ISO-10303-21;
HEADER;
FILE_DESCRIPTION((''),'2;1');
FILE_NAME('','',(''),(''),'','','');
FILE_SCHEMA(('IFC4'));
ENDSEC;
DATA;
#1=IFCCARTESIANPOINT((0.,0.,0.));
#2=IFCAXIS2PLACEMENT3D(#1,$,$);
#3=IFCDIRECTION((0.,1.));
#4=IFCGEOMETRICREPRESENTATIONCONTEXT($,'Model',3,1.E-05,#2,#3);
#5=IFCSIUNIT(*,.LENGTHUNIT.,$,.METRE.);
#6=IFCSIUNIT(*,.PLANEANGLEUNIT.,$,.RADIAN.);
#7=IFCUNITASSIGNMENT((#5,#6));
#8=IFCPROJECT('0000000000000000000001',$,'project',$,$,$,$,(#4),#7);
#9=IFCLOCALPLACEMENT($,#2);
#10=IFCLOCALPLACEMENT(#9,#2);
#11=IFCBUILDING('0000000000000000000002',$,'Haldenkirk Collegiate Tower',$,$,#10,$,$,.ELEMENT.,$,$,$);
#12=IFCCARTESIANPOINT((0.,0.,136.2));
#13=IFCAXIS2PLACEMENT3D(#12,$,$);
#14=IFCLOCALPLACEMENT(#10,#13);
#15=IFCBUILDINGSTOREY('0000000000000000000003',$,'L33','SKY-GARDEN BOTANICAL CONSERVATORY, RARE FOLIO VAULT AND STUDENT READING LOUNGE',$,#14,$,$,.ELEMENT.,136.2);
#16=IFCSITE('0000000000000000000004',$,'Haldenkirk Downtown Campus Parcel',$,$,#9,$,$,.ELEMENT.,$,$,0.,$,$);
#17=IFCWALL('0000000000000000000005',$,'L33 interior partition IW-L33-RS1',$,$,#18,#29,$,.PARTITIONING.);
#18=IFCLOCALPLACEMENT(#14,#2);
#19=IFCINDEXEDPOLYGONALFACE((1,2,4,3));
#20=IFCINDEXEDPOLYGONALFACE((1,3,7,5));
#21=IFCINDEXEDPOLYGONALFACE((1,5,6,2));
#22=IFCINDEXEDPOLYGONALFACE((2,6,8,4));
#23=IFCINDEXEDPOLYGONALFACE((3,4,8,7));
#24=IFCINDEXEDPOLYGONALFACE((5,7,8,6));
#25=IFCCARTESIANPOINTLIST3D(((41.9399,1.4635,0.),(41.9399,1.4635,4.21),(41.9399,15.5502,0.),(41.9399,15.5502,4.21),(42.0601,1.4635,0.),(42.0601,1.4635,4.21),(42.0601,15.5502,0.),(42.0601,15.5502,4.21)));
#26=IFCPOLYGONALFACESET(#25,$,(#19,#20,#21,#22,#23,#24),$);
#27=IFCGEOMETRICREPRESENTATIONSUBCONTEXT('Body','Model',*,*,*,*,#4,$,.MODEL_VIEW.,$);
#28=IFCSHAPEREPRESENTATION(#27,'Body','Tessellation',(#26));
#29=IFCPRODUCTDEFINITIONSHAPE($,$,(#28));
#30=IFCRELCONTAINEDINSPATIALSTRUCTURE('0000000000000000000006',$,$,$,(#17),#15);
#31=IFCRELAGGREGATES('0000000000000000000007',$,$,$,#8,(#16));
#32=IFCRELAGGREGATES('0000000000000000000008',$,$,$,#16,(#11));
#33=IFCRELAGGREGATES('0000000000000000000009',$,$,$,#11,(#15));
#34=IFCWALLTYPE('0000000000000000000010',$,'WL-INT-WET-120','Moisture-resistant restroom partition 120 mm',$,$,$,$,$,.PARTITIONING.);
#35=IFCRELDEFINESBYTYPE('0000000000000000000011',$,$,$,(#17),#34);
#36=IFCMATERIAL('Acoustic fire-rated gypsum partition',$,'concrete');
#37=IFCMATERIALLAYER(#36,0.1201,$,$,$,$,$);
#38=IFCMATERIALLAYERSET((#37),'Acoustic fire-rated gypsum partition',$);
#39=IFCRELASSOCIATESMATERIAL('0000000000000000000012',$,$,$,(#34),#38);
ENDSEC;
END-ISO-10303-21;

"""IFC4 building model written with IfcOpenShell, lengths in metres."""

from ifc_helpers import new_model, si_unit, direction, frame, frame_2d, origin, place, context, subcontext, project, spatial, rectangle, extrude, material, layer, layer_set, type_object, element, save


model = new_model("IFC4")

# Units and contexts
model_context = context("Model", 3, precision=1e-05, world=origin(), true_north=direction((0.0, 1.0)))
body_context = subcontext(model_context, "Body", "Model", "MODEL_VIEW")
ifc_project = project(units=[si_unit("LENGTHUNIT", "METRE"), si_unit("PLANEANGLEUNIT", "RADIAN")], contexts=[model_context])

# Site, building, storey
site_placement = place(None, origin())
site = spatial("IfcSite", under=ifc_project, at=site_placement, Name="Haldenkirk Downtown Campus Parcel", CompositionType="ELEMENT", RefElevation=0.0)
building_placement = place(site_placement, origin())
building = spatial("IfcBuilding", under=site, at=building_placement, Name="Haldenkirk Collegiate Tower", CompositionType="ELEMENT")
storey_placement = place(building_placement, frame((0.0, 0.0, 136.2)))
storey = spatial("IfcBuildingStorey", under=building, at=storey_placement, Name="L33", Description="SKY-GARDEN BOTANICAL CONSERVATORY, RARE FOLIO VAULT AND STUDENT READING LOUNGE", CompositionType="ELEMENT", Elevation=136.2)

# Wall
ifc_material_1 = material(Name="Acoustic fire-rated gypsum partition", Category="concrete")
ifc_layer_1 = layer(ifc_material_1, 0.1201)
ifc_layer_set_1 = layer_set([ifc_layer_1], Name="Acoustic fire-rated gypsum partition")
wall_type = type_object("IfcWallType", Name="WL-INT-WET-120", Description="Moisture-resistant restroom partition 120 mm", PredefinedType="PARTITIONING", material=ifc_layer_set_1)
wall_placement = place(storey_placement, frame((42.0, 1.4634, 0.0), z_axis=(0.0, 0.0, 1.0), x_axis=(0.0, 1.0, 0.0)))
element("IfcWall", 1, at=wall_placement, inside=storey, type_object=wall_type, Name="L33 interior partition IW-L33-RS1", PredefinedType="PARTITIONING", context=body_context, shape_type="SweptSolid", body=[
    extrude(rectangle(XDim=14.0867, YDim=0.1201, at=frame_2d((7.0435, 0.0))), origin(), (0.0, 0.0, 1.0), 4.21),
])

save(model, "model.ifc")
